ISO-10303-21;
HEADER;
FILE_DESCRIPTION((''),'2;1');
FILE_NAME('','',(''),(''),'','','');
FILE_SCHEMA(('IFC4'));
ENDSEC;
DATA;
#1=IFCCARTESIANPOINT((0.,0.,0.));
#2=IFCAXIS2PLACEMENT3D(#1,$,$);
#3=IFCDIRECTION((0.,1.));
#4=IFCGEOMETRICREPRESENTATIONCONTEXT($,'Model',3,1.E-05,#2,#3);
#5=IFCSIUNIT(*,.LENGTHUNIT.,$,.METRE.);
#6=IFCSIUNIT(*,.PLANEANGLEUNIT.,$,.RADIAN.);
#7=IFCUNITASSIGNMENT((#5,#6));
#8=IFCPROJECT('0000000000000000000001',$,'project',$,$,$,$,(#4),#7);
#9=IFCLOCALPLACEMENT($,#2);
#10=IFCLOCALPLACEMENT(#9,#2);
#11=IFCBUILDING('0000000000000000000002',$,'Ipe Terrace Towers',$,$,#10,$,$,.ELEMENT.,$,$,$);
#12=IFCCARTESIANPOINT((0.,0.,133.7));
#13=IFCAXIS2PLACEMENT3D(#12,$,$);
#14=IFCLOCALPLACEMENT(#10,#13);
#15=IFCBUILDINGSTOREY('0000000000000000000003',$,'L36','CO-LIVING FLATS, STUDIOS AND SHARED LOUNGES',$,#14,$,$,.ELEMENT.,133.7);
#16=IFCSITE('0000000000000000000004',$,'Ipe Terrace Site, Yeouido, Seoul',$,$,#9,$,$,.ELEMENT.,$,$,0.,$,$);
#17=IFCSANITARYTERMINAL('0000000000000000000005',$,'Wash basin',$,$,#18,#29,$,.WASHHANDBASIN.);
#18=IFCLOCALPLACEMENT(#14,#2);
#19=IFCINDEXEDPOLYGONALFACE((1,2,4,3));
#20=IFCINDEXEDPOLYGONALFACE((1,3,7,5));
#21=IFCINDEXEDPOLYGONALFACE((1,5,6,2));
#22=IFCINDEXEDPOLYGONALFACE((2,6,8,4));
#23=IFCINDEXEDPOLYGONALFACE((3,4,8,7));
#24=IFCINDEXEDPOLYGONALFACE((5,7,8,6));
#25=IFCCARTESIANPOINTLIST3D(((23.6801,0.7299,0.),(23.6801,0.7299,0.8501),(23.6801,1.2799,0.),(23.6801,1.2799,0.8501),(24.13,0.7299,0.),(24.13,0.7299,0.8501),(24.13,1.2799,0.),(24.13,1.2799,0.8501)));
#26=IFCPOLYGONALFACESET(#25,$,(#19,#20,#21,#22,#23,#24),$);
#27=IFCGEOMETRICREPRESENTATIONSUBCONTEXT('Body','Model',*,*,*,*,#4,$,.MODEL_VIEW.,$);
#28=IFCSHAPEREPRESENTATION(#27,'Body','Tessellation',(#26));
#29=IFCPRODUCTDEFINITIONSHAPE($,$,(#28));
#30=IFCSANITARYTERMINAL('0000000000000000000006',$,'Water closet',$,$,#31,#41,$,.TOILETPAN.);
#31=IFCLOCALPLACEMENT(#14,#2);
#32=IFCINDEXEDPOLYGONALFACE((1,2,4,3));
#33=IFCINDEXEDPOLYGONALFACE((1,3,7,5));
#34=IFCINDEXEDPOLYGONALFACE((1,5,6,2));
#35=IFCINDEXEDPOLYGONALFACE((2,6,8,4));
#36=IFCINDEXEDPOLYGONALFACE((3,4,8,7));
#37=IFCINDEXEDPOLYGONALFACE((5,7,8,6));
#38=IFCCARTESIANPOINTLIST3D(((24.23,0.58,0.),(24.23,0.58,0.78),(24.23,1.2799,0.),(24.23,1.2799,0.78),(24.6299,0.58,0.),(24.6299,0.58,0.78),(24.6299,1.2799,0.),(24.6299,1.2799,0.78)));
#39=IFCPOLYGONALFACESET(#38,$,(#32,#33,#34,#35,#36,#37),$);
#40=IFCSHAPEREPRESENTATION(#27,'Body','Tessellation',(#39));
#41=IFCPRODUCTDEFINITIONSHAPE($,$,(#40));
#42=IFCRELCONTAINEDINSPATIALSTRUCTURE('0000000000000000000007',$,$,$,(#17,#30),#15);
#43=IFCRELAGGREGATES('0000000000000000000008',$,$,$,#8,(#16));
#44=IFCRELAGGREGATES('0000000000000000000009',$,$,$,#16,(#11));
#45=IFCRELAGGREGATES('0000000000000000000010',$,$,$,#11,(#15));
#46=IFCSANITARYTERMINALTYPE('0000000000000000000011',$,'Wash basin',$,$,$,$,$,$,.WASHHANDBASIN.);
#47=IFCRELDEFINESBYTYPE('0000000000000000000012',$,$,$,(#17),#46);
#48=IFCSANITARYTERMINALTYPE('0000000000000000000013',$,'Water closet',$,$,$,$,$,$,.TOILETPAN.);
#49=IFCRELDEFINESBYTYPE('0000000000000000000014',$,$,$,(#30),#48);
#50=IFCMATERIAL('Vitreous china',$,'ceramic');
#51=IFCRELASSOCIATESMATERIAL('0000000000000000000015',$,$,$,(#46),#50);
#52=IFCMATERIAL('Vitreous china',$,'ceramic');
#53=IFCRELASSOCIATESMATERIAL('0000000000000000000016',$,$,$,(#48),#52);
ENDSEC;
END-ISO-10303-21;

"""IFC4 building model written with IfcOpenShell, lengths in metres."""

from ifc_helpers import new_model, si_unit, direction, frame, origin, origin_2d, place, context, subcontext, project, spatial, rectangle, extrude, material, type_object, element, save


model = new_model("IFC4")

# Units and contexts
model_context = context("Model", 3, precision=1e-05, world=origin(), true_north=direction((0.0, 1.0)))
body_context = subcontext(model_context, "Body", "Model", "MODEL_VIEW")
ifc_project = project(units=[si_unit("LENGTHUNIT", "METRE"), si_unit("PLANEANGLEUNIT", "RADIAN")], contexts=[model_context])

# Site, building, storey
site_placement = place(None, origin())
site = spatial("IfcSite", under=ifc_project, at=site_placement, Name="Ipe Terrace Site, Yeouido, Seoul", CompositionType="ELEMENT", RefElevation=0.0)
building_placement = place(site_placement, origin())
building = spatial("IfcBuilding", under=site, at=building_placement, Name="Ipe Terrace Towers", CompositionType="ELEMENT")
storey_placement = place(building_placement, frame((0.0, 0.0, 133.7)))
storey = spatial("IfcBuildingStorey", under=building, at=storey_placement, Name="L36", Description="CO-LIVING FLATS, STUDIOS AND SHARED LOUNGES", CompositionType="ELEMENT", Elevation=133.7)

# Sanitary terminals
ifc_material_1 = material(Name="Vitreous china", Category="ceramic")
sanitary_terminal_type_1 = type_object("IfcSanitaryTerminalType", Name="Wash basin", PredefinedType="WASHHANDBASIN", material=ifc_material_1)
sanitary_terminal_1_placement = place(storey_placement, frame((23.905, 1.0049, 0.0), z_axis=(0.0, 0.0, 1.0), x_axis=(0.0, -1.0, 0.0)))
element("IfcSanitaryTerminal", 1, at=sanitary_terminal_1_placement, inside=storey, type_object=sanitary_terminal_type_1, Name="Wash basin", PredefinedType="WASHHANDBASIN", context=body_context, shape_type="SweptSolid", body=[
    extrude(rectangle(XDim=0.55, YDim=0.45, at=origin_2d()), origin(), (0.0, 0.0, 1.0), 0.8501),
])
ifc_material_2 = material(Name="Vitreous china", Category="ceramic")
sanitary_terminal_type_2 = type_object("IfcSanitaryTerminalType", Name="Water closet", PredefinedType="TOILETPAN", material=ifc_material_2)
sanitary_terminal_2_placement = place(storey_placement, frame((24.4299, 0.9299, 0.0), z_axis=(0.0, 0.0, 1.0), x_axis=(0.0, -1.0, 0.0)))
element("IfcSanitaryTerminal", 2, at=sanitary_terminal_2_placement, inside=storey, type_object=sanitary_terminal_type_2, Name="Water closet", PredefinedType="TOILETPAN", context=body_context, shape_type="SweptSolid", body=[
    extrude(rectangle(XDim=0.7, YDim=0.3999, at=origin_2d()), origin(), (0.0, 0.0, 1.0), 0.78),
])

save(model, "model.ifc")
